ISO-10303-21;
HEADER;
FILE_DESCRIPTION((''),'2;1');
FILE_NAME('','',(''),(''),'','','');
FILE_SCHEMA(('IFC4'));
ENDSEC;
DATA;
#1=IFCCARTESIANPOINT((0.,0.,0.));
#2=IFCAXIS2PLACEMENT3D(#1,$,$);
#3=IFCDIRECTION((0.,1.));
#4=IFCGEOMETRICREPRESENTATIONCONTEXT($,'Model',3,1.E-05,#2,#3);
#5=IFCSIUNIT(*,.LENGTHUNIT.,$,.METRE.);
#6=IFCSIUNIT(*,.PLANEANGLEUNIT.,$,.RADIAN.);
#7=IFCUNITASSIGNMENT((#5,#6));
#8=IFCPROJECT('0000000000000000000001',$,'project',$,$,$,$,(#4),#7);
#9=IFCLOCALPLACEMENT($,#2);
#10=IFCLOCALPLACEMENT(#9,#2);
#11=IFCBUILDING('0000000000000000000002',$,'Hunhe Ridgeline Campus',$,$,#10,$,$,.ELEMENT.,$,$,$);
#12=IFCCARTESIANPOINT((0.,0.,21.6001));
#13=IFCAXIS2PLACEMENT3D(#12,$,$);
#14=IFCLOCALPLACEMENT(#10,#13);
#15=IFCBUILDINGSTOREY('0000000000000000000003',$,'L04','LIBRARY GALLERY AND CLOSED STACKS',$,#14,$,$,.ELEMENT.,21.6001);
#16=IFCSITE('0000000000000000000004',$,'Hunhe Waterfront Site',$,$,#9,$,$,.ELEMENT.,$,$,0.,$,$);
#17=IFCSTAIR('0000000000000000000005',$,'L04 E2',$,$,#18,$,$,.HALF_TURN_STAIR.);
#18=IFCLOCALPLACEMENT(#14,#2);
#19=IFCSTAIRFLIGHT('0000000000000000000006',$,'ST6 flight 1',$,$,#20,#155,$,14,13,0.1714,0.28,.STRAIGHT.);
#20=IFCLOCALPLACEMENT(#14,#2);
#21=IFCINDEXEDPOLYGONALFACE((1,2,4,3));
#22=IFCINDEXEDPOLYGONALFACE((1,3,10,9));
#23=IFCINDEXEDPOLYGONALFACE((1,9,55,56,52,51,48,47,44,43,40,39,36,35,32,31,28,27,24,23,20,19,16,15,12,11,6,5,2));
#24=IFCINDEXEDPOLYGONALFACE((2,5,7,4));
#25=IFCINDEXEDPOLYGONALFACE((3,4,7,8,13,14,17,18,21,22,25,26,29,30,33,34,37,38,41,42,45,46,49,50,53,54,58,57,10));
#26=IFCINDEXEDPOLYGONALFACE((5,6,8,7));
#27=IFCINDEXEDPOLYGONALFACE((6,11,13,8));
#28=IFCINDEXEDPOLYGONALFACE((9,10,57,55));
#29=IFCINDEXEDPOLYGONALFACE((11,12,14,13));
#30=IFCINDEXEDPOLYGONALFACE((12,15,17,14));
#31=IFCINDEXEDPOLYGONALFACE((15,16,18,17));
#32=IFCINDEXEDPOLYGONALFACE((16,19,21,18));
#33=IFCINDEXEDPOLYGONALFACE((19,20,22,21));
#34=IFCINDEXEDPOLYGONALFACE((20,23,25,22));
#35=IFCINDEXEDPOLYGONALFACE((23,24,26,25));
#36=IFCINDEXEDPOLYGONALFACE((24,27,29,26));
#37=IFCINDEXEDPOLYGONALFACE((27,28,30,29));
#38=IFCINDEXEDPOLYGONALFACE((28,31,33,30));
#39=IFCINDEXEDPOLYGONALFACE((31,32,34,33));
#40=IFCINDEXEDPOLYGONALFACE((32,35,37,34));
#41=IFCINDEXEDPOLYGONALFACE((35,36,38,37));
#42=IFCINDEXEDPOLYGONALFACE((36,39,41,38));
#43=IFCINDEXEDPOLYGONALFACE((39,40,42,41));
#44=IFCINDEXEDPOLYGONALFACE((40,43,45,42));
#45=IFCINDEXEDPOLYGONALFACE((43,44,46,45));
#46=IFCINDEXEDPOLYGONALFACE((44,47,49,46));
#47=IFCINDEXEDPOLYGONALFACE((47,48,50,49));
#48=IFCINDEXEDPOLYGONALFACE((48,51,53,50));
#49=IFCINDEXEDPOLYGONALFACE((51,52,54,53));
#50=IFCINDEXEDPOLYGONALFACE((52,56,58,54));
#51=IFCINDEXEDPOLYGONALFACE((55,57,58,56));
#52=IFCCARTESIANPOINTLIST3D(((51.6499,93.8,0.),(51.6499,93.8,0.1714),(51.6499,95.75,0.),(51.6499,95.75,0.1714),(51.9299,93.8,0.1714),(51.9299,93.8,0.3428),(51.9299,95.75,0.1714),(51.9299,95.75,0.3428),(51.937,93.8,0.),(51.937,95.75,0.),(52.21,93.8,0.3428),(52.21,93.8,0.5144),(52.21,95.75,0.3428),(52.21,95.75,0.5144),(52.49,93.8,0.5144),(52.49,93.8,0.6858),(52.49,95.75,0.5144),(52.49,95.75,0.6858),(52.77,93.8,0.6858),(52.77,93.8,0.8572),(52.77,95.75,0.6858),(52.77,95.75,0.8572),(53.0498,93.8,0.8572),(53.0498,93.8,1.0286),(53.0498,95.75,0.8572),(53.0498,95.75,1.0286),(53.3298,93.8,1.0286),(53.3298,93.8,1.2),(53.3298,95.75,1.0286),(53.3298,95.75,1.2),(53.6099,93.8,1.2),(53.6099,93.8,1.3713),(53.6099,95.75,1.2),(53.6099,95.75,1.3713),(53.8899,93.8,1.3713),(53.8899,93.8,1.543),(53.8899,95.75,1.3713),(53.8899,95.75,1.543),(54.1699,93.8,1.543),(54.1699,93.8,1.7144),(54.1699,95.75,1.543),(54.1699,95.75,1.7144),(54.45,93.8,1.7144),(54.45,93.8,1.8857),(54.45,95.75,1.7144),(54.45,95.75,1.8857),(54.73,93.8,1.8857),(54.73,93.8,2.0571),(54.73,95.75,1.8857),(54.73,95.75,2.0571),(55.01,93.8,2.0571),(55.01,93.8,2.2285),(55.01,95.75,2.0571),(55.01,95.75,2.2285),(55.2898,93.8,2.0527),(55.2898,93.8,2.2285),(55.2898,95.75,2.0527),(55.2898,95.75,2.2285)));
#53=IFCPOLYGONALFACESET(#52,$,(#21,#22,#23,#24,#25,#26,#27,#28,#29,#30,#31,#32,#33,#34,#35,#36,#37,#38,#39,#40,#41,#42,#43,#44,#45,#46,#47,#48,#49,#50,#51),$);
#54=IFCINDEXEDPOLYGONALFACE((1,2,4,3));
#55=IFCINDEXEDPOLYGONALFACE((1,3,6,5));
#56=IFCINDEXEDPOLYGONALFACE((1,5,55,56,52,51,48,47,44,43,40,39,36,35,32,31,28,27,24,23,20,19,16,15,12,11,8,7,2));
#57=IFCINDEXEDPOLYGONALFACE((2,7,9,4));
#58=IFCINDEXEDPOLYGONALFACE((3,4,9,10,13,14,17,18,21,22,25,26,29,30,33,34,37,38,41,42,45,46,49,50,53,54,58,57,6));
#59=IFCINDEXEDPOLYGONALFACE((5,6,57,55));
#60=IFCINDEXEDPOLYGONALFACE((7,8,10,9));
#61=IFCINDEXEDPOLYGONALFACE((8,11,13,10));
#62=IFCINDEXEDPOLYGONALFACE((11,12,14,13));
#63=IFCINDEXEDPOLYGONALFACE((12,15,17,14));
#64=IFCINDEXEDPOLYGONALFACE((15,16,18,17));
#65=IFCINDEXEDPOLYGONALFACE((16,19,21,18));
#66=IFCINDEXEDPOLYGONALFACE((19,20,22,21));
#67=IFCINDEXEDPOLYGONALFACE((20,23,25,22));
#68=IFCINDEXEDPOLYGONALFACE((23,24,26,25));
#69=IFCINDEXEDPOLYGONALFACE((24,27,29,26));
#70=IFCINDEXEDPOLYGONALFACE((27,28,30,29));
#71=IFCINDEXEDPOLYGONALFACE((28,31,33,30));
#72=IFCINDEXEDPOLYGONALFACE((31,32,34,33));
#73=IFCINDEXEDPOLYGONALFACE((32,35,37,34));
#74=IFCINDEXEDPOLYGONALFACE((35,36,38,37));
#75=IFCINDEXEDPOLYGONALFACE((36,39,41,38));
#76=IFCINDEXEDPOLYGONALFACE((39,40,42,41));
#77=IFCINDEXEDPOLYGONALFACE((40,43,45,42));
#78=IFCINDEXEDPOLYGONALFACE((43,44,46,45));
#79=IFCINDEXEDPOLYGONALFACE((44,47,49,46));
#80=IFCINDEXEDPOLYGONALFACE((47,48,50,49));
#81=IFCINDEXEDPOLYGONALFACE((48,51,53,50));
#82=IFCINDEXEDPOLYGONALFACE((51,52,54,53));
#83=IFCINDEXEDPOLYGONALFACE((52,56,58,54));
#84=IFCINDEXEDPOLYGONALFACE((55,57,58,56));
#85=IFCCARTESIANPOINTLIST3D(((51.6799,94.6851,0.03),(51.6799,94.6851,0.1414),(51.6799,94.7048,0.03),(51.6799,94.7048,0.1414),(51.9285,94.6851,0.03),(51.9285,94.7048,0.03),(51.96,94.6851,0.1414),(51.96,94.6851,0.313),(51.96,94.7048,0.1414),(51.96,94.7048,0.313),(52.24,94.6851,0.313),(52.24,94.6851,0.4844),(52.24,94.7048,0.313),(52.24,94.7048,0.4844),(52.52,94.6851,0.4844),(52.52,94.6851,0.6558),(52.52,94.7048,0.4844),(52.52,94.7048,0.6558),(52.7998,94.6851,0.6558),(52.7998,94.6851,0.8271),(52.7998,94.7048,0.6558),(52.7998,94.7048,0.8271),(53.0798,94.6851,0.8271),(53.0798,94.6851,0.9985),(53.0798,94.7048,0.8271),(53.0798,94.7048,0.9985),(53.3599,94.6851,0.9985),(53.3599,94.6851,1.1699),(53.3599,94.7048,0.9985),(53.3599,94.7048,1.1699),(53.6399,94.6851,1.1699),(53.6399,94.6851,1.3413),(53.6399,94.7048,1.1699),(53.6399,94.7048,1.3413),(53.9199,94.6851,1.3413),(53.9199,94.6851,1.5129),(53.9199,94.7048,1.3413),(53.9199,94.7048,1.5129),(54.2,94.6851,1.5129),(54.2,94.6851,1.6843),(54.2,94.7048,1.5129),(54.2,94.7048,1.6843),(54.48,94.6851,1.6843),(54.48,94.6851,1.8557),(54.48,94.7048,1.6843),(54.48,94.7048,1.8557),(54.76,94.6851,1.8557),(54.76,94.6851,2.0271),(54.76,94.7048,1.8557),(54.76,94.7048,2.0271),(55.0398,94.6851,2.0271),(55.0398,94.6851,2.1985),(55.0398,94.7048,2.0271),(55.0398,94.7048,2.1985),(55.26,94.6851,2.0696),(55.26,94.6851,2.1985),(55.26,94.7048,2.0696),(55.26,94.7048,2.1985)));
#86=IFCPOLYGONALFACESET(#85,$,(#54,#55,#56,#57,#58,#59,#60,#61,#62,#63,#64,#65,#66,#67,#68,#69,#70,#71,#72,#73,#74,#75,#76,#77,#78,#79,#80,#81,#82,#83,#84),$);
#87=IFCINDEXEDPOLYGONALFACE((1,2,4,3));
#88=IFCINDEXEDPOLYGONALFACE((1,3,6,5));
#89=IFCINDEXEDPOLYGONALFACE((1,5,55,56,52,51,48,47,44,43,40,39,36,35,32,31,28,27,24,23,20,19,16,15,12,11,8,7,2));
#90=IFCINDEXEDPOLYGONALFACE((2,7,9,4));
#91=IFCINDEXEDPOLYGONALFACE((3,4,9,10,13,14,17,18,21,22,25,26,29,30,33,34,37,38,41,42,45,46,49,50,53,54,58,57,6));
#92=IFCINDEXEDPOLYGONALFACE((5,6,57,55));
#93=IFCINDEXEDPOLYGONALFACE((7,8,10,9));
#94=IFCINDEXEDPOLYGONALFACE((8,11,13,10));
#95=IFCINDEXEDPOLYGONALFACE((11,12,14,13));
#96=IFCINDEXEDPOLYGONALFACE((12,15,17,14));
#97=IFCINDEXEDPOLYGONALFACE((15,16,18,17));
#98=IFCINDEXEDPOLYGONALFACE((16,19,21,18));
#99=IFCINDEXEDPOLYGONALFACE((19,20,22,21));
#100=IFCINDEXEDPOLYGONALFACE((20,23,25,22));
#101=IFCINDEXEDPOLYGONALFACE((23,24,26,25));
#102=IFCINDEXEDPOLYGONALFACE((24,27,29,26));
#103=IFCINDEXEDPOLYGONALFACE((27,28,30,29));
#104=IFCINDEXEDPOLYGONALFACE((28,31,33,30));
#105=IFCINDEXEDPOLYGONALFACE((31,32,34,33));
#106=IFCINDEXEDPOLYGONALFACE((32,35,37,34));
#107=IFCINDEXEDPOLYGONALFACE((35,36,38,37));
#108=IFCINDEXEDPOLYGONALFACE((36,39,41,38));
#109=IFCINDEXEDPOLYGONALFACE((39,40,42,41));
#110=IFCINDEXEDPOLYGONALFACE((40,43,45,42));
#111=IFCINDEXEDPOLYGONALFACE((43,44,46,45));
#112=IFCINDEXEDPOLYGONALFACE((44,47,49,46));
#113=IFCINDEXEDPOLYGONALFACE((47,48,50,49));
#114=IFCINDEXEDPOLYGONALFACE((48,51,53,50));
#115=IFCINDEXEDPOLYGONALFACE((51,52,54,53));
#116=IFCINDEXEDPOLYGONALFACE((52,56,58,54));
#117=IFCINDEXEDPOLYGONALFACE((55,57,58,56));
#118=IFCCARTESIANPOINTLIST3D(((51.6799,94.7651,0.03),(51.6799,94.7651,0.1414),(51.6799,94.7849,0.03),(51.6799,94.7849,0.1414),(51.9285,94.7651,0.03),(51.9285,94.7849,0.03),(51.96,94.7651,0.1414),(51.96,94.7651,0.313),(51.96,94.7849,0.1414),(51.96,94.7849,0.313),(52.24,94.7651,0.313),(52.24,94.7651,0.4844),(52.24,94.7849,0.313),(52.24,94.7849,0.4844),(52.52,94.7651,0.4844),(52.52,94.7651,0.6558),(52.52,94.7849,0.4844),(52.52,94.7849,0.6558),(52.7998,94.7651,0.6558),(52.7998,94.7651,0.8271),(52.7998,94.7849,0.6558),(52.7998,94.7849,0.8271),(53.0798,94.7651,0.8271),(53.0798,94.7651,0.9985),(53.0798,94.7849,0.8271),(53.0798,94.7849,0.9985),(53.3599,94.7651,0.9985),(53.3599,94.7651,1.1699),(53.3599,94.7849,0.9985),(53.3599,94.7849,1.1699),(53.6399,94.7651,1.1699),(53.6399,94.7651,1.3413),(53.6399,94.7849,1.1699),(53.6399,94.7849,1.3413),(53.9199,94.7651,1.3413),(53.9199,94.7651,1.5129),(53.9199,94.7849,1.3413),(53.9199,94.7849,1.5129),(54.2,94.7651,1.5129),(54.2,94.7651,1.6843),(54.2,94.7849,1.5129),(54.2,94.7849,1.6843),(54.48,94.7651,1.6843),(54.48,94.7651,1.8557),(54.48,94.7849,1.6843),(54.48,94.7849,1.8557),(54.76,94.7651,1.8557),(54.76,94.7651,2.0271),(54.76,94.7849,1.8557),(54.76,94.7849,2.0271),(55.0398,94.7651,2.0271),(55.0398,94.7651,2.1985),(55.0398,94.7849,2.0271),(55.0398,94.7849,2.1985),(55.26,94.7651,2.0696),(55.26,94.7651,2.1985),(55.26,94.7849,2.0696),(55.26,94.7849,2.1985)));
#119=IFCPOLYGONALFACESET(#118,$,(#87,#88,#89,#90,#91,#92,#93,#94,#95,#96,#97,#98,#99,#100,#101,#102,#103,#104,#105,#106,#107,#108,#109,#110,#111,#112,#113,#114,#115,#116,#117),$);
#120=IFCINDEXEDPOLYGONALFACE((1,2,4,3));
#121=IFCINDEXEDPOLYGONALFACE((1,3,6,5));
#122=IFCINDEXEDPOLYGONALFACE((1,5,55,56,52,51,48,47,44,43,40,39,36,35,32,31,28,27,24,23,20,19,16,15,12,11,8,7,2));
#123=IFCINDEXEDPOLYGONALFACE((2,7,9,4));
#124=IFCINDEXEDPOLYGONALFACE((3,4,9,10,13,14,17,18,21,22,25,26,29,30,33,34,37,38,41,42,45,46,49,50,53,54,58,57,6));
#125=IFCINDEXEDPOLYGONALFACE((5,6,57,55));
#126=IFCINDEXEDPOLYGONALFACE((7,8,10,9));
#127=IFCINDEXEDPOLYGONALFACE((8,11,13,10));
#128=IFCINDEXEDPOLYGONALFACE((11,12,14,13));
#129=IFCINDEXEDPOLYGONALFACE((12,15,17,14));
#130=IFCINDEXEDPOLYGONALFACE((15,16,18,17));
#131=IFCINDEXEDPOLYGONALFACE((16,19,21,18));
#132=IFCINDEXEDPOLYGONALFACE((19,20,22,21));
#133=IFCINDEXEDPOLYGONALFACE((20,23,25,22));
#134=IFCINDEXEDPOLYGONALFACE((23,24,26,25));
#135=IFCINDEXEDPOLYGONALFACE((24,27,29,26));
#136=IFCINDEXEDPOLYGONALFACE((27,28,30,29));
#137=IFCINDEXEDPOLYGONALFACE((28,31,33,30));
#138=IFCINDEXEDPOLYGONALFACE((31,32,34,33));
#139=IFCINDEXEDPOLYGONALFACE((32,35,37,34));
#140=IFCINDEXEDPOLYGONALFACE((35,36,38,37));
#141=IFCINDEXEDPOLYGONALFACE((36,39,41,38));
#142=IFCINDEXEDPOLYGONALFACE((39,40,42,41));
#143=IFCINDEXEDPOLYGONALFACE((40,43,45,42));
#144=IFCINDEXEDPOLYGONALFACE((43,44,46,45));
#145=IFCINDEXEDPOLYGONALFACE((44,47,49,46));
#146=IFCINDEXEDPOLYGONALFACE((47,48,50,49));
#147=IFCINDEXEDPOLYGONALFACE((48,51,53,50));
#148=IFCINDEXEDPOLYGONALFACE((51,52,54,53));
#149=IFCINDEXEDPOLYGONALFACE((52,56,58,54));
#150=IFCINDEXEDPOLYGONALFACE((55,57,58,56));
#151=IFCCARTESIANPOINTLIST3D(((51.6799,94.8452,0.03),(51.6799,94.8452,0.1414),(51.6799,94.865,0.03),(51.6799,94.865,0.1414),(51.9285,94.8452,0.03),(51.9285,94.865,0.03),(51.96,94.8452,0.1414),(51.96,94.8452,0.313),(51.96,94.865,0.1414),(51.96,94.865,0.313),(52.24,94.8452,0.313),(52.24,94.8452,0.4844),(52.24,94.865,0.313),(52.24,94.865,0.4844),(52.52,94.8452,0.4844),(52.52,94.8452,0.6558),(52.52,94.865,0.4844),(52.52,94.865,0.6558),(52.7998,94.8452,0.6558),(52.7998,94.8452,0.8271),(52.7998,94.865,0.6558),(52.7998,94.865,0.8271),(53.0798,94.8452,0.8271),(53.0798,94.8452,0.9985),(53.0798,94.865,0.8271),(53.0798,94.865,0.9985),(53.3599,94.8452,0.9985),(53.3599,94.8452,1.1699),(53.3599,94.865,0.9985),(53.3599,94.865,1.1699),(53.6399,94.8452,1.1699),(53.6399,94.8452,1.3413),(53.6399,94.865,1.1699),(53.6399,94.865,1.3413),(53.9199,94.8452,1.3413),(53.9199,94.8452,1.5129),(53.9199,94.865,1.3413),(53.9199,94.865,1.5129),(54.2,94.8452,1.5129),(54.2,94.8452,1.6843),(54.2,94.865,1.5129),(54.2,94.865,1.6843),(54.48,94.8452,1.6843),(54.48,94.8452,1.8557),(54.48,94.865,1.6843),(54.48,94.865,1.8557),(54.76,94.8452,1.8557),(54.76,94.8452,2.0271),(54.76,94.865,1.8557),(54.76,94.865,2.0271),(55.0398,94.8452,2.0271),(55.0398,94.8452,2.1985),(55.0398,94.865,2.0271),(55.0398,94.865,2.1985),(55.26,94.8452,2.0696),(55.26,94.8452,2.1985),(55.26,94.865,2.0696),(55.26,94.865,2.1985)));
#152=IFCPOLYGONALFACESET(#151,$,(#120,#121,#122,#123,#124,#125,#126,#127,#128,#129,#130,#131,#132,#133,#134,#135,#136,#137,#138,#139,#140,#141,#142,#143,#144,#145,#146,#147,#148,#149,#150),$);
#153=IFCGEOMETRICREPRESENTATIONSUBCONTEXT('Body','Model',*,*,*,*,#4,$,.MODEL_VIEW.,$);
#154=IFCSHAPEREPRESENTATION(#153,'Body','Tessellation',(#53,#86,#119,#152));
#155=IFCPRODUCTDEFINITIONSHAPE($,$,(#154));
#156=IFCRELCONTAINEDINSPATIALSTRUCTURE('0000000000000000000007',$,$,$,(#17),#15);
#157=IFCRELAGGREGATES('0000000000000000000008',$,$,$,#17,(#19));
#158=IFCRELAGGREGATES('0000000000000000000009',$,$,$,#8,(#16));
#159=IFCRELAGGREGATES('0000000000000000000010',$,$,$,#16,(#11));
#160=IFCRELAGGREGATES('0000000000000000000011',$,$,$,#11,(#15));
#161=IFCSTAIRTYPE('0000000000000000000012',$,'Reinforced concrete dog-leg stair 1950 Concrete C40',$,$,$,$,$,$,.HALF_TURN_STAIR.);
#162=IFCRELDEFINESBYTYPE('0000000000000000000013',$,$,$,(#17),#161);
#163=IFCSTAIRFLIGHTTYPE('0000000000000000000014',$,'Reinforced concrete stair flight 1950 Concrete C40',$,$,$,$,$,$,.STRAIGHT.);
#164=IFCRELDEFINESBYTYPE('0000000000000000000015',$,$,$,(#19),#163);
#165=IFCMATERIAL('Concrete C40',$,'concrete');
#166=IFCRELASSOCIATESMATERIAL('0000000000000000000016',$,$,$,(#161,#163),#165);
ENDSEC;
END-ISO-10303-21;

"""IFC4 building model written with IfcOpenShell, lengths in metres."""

from ifc_helpers import new_model, si_unit, direction, frame, origin, place, context, subcontext, project, spatial, polyline, outline, extrude, material, type_object, element, aggregate, save


model = new_model("IFC4")

# Units and contexts
model_context = context("Model", 3, precision=1e-05, world=origin(), true_north=direction((0.0, 1.0)))
body_context = subcontext(model_context, "Body", "Model", "MODEL_VIEW")
ifc_project = project(units=[si_unit("LENGTHUNIT", "METRE"), si_unit("PLANEANGLEUNIT", "RADIAN")], contexts=[model_context])

# Site, building, storey
site_placement = place(None, origin())
site = spatial("IfcSite", under=ifc_project, at=site_placement, Name="Hunhe Waterfront Site", CompositionType="ELEMENT", RefElevation=0.0)
building_placement = place(site_placement, origin())
building = spatial("IfcBuilding", under=site, at=building_placement, Name="Hunhe Ridgeline Campus", CompositionType="ELEMENT")
storey_placement = place(building_placement, frame((0.0, 0.0, 21.6001)))
storey = spatial("IfcBuildingStorey", under=building, at=storey_placement, Name="L04", Description="LIBRARY GALLERY AND CLOSED STACKS", CompositionType="ELEMENT", Elevation=21.6001)

# Shared definitions
ifc_material_1 = material(Name="Concrete C40", Category="concrete")
stair_type = type_object("IfcStairType", Name="Reinforced concrete dog-leg stair 1950 Concrete C40", PredefinedType="HALF_TURN_STAIR", material=ifc_material_1)
stair_flight_type = type_object("IfcStairFlightType", Name="Reinforced concrete stair flight 1950 Concrete C40", PredefinedType="STRAIGHT", material=ifc_material_1)

# Stair, stair flight
stair_1_placement = place(storey_placement, origin())
stair_1 = element("IfcStair", 1, at=stair_1_placement, inside=storey, type_object=stair_type, Name="L04 E2", PredefinedType="HALF_TURN_STAIR")
stair_flight_1_placement = place(storey_placement, frame((51.6499, 94.7749, 0.0), z_axis=(0.0, 0.0, 1.0), x_axis=(1.0, 0.0, 0.0)))
stair_flight_1 = element("IfcStairFlight", 2, at=stair_flight_1_placement, type_object=stair_flight_type, Name="ST6 flight 1", NumberOfRisers=14, NumberOfTreads=13, PredefinedType="STRAIGHT", RiserHeight=0.1714, TreadLength=0.28, context=body_context, shape_type="SweptSolid", body=[
    extrude(outline(polyline([(0.0, 0.0), (0.0, 0.1714), (0.28, 0.1714), (0.28, 0.3428), (0.5601, 0.3428), (0.5601, 0.5144), (0.8401, 0.5144), (0.8401, 0.6858), (1.1201, 0.6858), (1.1201, 0.8572), (1.3999, 0.8572), (1.3999, 1.0286), (1.6799, 1.0286), (1.6799, 1.2), (1.96, 1.2), (1.96, 1.3713), (2.24, 1.3713), (2.24, 1.543), (2.52, 1.543), (2.52, 1.7144), (2.8, 1.7144), (2.8, 1.8857), (3.0801, 1.8857), (3.0801, 2.0571), (3.3601, 2.0571), (3.3601, 2.2285), (3.6399, 2.2285), (3.6399, 2.3999), (3.6399, 2.0527), (0.2871, 0.0), (0.0, 0.0)])), frame((0.0, 0.9751, 0.0), z_axis=(0.0, -1.0, 0.0), x_axis=(1.0, 0.0, 0.0)), (0.0, 0.0, 1.0), 1.95),
    extrude(outline(polyline([(0.03, 0.03), (0.03, 0.1414), (0.3101, 0.1414), (0.3101, 0.313), (0.5901, 0.313), (0.5901, 0.4844), (0.8701, 0.4844), (0.8701, 0.6558), (1.1499, 0.6558), (1.1499, 0.8271), (1.4299, 0.8271), (1.4299, 0.9985), (1.71, 0.9985), (1.71, 1.1699), (1.99, 1.1699), (1.99, 1.3413), (2.27, 1.3413), (2.27, 1.5129), (2.55, 1.5129), (2.55, 1.6843), (2.8301, 1.6843), (2.8301, 1.8557), (3.1101, 1.8557), (3.1101, 2.0271), (3.3899, 2.0271), (3.3899, 2.1985), (3.6101, 2.1985), (3.6101, 2.0696), (0.2786, 0.03), (0.03, 0.03)])), frame((0.0, -0.0701, 0.0), z_axis=(0.0, -1.0, 0.0), x_axis=(1.0, 0.0, 0.0)), (0.0, 0.0, 1.0), 0.0198),
    extrude(outline(polyline([(0.03, 0.03), (0.03, 0.1414), (0.3101, 0.1414), (0.3101, 0.313), (0.5901, 0.313), (0.5901, 0.4844), (0.8701, 0.4844), (0.8701, 0.6558), (1.1499, 0.6558), (1.1499, 0.8271), (1.4299, 0.8271), (1.4299, 0.9985), (1.71, 0.9985), (1.71, 1.1699), (1.99, 1.1699), (1.99, 1.3413), (2.27, 1.3413), (2.27, 1.5129), (2.55, 1.5129), (2.55, 1.6843), (2.8301, 1.6843), (2.8301, 1.8557), (3.1101, 1.8557), (3.1101, 2.0271), (3.3899, 2.0271), (3.3899, 2.1985), (3.6101, 2.1985), (3.6101, 2.0696), (0.2786, 0.03), (0.03, 0.03)])), frame((0.0, 0.01, 0.0), z_axis=(0.0, -1.0, 0.0), x_axis=(1.0, 0.0, 0.0)), (0.0, 0.0, 1.0), 0.0198),
    extrude(outline(polyline([(0.03, 0.03), (0.03, 0.1414), (0.3101, 0.1414), (0.3101, 0.313), (0.5901, 0.313), (0.5901, 0.4844), (0.8701, 0.4844), (0.8701, 0.6558), (1.1499, 0.6558), (1.1499, 0.8271), (1.4299, 0.8271), (1.4299, 0.9985), (1.71, 0.9985), (1.71, 1.1699), (1.99, 1.1699), (1.99, 1.3413), (2.27, 1.3413), (2.27, 1.5129), (2.55, 1.5129), (2.55, 1.6843), (2.8301, 1.6843), (2.8301, 1.8557), (3.1101, 1.8557), (3.1101, 2.0271), (3.3899, 2.0271), (3.3899, 2.1985), (3.6101, 2.1985), (3.6101, 2.0696), (0.2786, 0.03), (0.03, 0.03)])), frame((0.0, 0.0901, 0.0), z_axis=(0.0, -1.0, 0.0), x_axis=(1.0, 0.0, 0.0)), (0.0, 0.0, 1.0), 0.0198),
])
aggregate(stair_1, [stair_flight_1])

save(model, "model.ifc")
